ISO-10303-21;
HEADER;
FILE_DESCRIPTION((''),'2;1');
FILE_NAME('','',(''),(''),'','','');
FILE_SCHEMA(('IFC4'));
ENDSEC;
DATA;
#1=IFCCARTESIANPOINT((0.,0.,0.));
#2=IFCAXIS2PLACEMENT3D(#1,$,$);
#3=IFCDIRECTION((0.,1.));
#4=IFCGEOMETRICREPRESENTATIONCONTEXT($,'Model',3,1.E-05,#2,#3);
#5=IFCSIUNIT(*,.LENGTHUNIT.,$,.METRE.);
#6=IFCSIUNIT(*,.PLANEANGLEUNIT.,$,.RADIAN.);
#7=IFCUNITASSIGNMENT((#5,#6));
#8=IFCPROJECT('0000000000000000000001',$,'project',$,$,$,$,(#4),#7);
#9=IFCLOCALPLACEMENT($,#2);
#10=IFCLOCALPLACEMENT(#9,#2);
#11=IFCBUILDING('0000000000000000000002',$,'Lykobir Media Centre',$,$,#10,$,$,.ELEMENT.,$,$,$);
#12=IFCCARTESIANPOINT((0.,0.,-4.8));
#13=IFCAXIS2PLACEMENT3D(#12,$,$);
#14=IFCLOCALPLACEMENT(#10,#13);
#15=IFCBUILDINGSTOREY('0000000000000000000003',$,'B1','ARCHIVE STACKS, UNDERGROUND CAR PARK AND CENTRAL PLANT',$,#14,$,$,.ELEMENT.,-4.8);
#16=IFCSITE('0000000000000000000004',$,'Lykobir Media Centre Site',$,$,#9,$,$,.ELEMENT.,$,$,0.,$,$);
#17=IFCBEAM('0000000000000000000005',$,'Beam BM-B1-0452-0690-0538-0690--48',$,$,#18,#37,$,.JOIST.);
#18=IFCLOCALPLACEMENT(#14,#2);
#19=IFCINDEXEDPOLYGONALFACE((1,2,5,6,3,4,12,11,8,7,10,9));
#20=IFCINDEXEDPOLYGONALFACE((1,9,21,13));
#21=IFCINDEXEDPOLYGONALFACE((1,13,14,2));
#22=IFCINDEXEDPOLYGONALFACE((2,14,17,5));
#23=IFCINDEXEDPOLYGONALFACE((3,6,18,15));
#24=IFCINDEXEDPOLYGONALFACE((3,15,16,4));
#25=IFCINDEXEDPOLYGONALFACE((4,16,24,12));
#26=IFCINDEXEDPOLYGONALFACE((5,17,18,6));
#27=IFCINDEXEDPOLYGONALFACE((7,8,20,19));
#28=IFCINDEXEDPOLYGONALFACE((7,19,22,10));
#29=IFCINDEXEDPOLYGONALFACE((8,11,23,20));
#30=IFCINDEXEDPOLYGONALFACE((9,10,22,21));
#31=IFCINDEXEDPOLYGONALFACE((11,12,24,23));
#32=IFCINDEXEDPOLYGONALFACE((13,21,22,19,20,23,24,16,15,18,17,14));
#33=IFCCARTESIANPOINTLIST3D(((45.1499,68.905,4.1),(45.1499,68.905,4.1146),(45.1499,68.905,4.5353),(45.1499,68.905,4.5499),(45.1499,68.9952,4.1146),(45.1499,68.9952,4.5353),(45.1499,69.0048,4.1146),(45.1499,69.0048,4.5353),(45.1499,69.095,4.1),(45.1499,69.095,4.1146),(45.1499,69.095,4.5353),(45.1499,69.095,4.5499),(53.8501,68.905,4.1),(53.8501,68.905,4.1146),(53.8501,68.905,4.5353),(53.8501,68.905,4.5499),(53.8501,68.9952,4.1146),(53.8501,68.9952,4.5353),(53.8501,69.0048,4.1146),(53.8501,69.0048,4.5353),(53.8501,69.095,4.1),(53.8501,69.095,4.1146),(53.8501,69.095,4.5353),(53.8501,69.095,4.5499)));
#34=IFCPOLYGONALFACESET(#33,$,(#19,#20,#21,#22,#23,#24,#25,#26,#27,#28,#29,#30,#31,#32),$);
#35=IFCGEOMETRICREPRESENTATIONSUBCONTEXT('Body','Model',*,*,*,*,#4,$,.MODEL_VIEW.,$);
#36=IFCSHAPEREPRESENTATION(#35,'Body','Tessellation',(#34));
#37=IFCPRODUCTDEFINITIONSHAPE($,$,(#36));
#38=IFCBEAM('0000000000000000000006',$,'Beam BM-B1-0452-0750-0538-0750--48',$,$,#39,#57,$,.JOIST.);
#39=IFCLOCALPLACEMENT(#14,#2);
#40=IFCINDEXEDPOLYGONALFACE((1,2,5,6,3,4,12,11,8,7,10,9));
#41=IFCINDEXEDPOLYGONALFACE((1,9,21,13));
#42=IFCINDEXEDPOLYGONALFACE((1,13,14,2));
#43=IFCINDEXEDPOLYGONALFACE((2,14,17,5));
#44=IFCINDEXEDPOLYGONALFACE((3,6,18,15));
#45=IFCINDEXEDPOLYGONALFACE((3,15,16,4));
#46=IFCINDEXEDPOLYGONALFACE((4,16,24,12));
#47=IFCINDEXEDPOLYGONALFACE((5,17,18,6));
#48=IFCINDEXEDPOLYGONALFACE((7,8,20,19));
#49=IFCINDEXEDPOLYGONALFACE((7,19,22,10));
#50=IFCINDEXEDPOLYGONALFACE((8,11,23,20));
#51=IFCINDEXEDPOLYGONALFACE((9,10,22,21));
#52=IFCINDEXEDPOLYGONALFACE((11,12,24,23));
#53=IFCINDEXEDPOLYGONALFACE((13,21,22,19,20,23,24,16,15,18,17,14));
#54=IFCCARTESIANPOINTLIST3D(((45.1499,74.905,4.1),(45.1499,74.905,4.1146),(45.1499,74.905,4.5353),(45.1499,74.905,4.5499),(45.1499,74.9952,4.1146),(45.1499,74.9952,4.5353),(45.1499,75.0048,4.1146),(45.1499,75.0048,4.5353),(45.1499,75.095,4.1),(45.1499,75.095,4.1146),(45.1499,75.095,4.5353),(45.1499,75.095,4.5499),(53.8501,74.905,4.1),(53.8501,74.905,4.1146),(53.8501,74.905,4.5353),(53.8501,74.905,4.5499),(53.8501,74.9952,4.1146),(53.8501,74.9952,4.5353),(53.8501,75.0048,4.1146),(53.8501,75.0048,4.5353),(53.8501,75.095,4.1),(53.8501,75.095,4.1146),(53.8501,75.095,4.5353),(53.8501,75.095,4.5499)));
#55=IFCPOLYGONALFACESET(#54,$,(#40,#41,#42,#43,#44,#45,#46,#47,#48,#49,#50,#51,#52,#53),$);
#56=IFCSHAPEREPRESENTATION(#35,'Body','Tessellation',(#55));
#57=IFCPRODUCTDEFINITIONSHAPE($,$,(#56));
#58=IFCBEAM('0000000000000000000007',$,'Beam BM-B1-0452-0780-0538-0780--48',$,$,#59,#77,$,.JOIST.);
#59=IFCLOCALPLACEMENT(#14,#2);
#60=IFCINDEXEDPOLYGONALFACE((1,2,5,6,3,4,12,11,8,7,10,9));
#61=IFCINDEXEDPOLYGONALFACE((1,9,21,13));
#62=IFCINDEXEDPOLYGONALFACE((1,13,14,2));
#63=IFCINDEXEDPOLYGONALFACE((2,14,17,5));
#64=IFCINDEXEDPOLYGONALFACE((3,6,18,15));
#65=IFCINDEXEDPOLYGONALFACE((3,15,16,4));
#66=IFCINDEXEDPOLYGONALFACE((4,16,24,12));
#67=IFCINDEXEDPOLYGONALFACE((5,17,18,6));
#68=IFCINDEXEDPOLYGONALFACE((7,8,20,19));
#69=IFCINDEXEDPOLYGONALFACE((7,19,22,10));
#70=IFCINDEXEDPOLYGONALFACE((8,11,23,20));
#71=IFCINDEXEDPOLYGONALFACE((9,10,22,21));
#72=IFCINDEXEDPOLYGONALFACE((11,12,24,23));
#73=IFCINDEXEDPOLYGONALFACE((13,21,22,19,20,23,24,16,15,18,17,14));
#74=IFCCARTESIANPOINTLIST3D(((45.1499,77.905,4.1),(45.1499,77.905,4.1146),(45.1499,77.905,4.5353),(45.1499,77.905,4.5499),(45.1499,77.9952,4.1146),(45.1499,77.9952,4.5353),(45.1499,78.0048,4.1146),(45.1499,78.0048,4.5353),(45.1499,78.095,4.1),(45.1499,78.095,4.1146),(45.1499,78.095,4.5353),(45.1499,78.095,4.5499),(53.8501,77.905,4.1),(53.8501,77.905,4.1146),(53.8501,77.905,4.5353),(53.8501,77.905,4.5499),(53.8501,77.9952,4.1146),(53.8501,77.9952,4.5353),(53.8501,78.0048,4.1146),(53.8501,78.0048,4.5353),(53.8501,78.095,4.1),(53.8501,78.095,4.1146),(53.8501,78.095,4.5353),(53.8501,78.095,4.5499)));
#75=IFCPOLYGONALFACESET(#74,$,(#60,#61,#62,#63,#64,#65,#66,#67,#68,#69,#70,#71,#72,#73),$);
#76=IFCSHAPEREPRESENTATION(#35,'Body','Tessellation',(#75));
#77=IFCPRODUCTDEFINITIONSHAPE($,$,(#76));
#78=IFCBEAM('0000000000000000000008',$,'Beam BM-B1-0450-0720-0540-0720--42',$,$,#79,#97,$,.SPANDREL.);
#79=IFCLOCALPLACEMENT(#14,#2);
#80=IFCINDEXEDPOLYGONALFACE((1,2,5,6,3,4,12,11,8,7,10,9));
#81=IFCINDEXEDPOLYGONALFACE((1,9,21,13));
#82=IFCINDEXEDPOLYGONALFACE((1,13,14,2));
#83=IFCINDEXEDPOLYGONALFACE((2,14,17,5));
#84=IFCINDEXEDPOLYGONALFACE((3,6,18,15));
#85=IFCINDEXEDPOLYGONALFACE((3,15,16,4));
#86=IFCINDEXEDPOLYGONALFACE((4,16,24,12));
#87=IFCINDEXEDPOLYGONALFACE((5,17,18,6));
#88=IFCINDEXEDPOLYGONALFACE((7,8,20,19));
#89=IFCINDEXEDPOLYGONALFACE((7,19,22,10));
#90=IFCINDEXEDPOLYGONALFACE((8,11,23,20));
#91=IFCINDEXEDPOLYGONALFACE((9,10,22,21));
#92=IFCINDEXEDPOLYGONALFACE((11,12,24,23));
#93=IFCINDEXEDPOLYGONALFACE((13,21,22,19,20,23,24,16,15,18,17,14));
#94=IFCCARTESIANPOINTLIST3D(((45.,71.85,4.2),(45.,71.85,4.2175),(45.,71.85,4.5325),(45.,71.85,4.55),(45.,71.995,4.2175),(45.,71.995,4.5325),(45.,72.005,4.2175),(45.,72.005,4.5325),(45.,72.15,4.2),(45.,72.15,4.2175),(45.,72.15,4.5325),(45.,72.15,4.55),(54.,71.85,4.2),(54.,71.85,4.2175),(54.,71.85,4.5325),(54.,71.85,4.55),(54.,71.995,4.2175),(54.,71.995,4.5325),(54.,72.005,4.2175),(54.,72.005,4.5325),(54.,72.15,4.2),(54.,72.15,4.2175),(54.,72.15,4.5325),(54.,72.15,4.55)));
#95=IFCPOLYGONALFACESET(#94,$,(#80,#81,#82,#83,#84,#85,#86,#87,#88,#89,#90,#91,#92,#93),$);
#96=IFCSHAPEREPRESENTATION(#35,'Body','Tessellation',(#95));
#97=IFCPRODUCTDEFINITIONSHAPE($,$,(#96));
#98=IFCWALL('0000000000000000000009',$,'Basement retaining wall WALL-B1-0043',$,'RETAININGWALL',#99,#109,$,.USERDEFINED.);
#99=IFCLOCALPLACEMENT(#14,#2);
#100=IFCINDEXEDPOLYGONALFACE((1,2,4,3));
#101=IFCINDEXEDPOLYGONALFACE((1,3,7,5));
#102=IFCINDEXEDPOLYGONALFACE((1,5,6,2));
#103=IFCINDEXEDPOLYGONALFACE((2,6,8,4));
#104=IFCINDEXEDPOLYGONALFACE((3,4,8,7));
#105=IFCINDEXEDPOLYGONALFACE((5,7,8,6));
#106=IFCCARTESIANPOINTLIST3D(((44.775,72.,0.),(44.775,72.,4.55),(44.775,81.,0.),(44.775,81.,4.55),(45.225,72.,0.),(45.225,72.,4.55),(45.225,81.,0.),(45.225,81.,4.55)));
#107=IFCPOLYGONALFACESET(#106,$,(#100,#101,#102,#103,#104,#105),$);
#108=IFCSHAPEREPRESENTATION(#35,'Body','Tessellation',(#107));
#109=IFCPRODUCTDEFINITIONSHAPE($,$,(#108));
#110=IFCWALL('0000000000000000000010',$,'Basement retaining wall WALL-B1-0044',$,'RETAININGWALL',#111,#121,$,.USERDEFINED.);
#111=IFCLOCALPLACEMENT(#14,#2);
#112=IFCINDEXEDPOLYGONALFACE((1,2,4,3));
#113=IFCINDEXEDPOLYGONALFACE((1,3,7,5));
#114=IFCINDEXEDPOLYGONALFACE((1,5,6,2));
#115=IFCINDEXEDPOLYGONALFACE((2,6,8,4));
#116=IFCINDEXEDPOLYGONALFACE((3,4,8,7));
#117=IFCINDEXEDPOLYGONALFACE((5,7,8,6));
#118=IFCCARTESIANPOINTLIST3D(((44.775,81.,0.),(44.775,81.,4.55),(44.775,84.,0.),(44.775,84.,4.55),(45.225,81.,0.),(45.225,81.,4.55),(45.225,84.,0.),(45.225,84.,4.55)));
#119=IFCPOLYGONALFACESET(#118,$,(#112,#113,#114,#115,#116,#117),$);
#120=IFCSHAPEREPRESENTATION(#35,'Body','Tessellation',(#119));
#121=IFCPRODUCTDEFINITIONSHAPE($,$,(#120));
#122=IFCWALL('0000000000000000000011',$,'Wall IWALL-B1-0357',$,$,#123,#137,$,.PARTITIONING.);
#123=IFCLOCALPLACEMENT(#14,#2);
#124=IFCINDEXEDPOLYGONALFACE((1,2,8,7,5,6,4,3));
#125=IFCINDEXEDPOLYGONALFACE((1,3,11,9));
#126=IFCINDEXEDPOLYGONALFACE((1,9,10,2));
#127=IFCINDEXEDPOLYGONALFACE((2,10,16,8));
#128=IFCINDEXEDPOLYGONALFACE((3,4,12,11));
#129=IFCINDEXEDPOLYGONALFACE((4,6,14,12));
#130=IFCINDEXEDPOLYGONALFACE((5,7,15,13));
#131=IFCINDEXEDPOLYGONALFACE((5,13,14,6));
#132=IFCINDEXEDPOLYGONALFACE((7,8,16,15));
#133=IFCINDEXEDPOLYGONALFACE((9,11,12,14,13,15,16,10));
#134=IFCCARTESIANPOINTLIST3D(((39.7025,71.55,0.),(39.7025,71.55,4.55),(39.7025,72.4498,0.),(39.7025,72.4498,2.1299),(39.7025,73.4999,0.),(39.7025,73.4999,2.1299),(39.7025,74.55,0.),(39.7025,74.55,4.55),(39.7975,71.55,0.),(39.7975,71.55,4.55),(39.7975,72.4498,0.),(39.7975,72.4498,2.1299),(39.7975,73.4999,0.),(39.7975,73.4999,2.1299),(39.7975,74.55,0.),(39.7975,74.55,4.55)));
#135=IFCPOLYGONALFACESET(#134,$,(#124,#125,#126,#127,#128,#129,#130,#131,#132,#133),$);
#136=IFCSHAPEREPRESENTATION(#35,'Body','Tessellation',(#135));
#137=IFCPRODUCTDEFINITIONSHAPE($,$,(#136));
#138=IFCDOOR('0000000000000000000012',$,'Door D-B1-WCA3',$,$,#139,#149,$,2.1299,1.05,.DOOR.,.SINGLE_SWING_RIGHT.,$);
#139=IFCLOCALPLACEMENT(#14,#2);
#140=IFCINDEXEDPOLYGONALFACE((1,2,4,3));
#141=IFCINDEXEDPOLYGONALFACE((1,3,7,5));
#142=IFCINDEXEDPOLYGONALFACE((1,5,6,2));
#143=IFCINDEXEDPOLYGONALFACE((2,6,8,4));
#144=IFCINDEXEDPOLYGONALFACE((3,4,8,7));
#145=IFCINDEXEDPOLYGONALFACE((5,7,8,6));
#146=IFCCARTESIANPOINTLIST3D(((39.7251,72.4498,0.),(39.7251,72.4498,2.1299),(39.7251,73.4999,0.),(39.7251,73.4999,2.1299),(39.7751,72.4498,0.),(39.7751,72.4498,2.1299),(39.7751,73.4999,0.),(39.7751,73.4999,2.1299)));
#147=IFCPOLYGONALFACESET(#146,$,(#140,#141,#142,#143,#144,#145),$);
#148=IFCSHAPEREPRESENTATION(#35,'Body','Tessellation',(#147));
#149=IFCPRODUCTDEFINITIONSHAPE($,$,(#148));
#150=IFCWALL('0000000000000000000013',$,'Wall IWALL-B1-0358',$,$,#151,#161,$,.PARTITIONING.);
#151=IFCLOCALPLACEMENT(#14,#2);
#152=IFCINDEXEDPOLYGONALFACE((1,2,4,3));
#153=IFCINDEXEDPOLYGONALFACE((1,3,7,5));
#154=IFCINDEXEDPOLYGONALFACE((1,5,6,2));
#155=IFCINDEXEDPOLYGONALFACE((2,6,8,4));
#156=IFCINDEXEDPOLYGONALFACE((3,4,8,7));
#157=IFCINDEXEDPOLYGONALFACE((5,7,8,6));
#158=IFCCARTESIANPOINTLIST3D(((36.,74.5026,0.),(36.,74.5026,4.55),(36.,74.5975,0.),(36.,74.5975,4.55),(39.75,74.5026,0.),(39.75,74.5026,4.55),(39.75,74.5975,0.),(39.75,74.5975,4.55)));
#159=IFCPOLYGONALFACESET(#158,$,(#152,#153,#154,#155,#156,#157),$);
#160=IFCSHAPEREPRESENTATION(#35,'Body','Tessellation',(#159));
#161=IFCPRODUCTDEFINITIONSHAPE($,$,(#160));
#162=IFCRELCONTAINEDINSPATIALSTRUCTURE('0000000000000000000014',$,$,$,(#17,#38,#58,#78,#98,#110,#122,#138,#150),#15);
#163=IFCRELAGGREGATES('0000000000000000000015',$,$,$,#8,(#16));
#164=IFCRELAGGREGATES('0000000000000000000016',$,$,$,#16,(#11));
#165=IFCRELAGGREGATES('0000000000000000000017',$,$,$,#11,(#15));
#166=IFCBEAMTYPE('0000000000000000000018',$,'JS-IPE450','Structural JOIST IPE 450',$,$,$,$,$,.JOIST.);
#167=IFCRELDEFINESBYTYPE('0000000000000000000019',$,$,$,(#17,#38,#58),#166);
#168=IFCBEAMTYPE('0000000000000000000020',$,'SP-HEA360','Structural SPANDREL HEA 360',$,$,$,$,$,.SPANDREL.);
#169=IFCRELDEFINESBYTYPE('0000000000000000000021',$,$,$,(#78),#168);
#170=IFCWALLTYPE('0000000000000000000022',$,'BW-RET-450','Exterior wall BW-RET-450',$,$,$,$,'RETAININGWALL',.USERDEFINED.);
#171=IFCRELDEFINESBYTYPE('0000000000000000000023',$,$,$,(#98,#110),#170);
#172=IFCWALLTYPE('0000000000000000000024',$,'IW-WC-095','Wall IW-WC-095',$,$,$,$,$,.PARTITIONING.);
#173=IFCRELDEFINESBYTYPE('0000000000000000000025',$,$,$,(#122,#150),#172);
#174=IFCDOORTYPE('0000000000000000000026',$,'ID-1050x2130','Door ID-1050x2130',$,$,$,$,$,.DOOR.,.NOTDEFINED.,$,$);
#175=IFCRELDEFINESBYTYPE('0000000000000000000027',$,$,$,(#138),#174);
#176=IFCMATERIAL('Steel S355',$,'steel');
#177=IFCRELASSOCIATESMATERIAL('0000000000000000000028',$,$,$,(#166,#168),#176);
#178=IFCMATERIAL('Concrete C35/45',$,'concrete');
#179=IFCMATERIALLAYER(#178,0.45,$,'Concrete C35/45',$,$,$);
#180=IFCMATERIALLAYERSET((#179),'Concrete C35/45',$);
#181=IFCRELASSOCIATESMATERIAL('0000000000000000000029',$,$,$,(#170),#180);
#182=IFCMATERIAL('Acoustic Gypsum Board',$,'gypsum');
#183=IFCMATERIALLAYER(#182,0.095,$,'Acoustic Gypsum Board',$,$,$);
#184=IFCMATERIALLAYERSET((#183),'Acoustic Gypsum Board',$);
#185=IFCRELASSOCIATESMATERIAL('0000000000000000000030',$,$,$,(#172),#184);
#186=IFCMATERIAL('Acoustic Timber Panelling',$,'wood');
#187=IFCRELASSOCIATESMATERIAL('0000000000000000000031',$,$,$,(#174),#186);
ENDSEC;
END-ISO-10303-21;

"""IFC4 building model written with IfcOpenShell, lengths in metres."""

from ifc_helpers import new_model, si_unit, direction, frame, frame_2d, origin, origin_2d, place, context, subcontext, project, spatial, rectangle, i_section, extrude, material, layer, layer_set, material_profile, profile_set, type_object, element, fill, save


model = new_model("IFC4")

# Units and contexts
model_context = context("Model", 3, precision=1e-05, world=origin(), true_north=direction((0.0, 1.0)))
body_context = subcontext(model_context, "Body", "Model", "MODEL_VIEW")
ifc_project = project(units=[si_unit("LENGTHUNIT", "METRE"), si_unit("PLANEANGLEUNIT", "RADIAN")], contexts=[model_context])

# Site, building, storey
site_placement = place(None, origin())
site = spatial("IfcSite", under=ifc_project, at=site_placement, Name="Lykobir Media Centre Site", CompositionType="ELEMENT", RefElevation=0.0)
building_placement = place(site_placement, origin())
building = spatial("IfcBuilding", under=site, at=building_placement, Name="Lykobir Media Centre", CompositionType="ELEMENT")
storey_placement = place(building_placement, frame((0.0, 0.0, -4.8)))
storey = spatial("IfcBuildingStorey", under=building, at=storey_placement, Name="B1", Description="ARCHIVE STACKS, UNDERGROUND CAR PARK AND CENTRAL PLANT", CompositionType="ELEMENT", Elevation=-4.8)

# Shared definitions
ifc_material_1 = material(Name="Concrete C35/45", Category="concrete")

# Shared definitions
ifc_material_2 = material(Name="Steel S355", Category="steel")

# Beams
ifc_material_profile_1 = material_profile(ifc_material_2, i_section(OverallWidth=0.1899, OverallDepth=0.45, WebThickness=0.0095, FlangeThickness=0.0146, at=origin_2d()), Name="IPE 450")
ifc_profile_set_1 = profile_set([ifc_material_profile_1], Name="Steel S355")
beam_type_1 = type_object("IfcBeamType", Name="JS-IPE450", Description="Structural JOIST IPE 450", PredefinedType="JOIST", material=ifc_profile_set_1)
for number, where, z_axis, x_axis, name in (
    (1, (45.1499, 69.0, 4.325), (1.0, 0.0, 0.0), (0.0, 1.0, 0.0), "Beam BM-B1-0452-0690-0538-0690--48"),
    (2, (45.1499, 75.0, 4.325), (1.0, 0.0, 0.0), (0.0, 1.0, 0.0), "Beam BM-B1-0452-0750-0538-0750--48"),
    (3, (45.1499, 78.0, 4.325), (1.0, 0.0, 0.0), (0.0, 1.0, 0.0), "Beam BM-B1-0452-0780-0538-0780--48"),
):
    element("IfcBeam", number, at=place(storey_placement, frame(where, z_axis=z_axis, x_axis=x_axis)), inside=storey, type_object=beam_type_1, Name=name, PredefinedType="JOIST", context=body_context, shape_type="SweptSolid", body=[
        extrude(i_section(OverallWidth=0.1899, OverallDepth=0.45, WebThickness=0.0095, FlangeThickness=0.0146, at=origin_2d()), origin(), (0.0, 0.0, 1.0), 8.7002),
    ])
ifc_material_profile_2 = material_profile(ifc_material_2, i_section(OverallWidth=0.3, OverallDepth=0.3501, WebThickness=0.01, FlangeThickness=0.0176, at=origin_2d()), Name="HEA 360")
ifc_profile_set_2 = profile_set([ifc_material_profile_2], Name="Steel S355")
beam_type_2 = type_object("IfcBeamType", Name="SP-HEA360", Description="Structural SPANDREL HEA 360", PredefinedType="SPANDREL", material=ifc_profile_set_2)
beam_1_placement = place(storey_placement, frame((45.0, 72.0, 4.375), z_axis=(1.0, 0.0, 0.0), x_axis=(0.0, 1.0, 0.0)))
element("IfcBeam", 4, at=beam_1_placement, inside=storey, type_object=beam_type_2, Name="Beam BM-B1-0450-0720-0540-0720--42", PredefinedType="SPANDREL", context=body_context, shape_type="SweptSolid", body=[
    extrude(i_section(OverallWidth=0.3, OverallDepth=0.3501, WebThickness=0.01, FlangeThickness=0.0176, at=origin_2d()), origin(), (0.0, 0.0, 1.0), 9.0),
])

# Walls
ifc_layer_1 = layer(ifc_material_1, 0.45, Name="Concrete C35/45")
ifc_layer_set_1 = layer_set([ifc_layer_1], Name="Concrete C35/45")
wall_type_1 = type_object("IfcWallType", Name="BW-RET-450", Description="Exterior wall BW-RET-450", ElementType="RETAININGWALL", PredefinedType="USERDEFINED", material=ifc_layer_set_1)
wall_1_placement = place(storey_placement, frame((45.0, 72.0, 0.0), z_axis=(0.0, 0.0, 1.0), x_axis=(0.0, 1.0, 0.0)))
element("IfcWall", 5, at=wall_1_placement, inside=storey, type_object=wall_type_1, Name="Basement retaining wall WALL-B1-0043", ObjectType="RETAININGWALL", PredefinedType="USERDEFINED", context=body_context, shape_type="SweptSolid", body=[
    extrude(rectangle(XDim=9.0, YDim=0.45, at=frame_2d((4.5, 0.0))), origin(), (0.0, 0.0, 1.0), 4.55),
])
wall_2_placement = place(storey_placement, frame((45.0, 81.0, 0.0), z_axis=(0.0, 0.0, 1.0), x_axis=(0.0, 1.0, 0.0)))
element("IfcWall", 6, at=wall_2_placement, inside=storey, type_object=wall_type_1, Name="Basement retaining wall WALL-B1-0044", ObjectType="RETAININGWALL", PredefinedType="USERDEFINED", context=body_context, shape_type="SweptSolid", body=[
    extrude(rectangle(XDim=3.0, YDim=0.45, at=frame_2d((1.5, 0.0))), origin(), (0.0, 0.0, 1.0), 4.55),
])

# Wall, opening, door
ifc_material_3 = material(Name="Acoustic Gypsum Board", Category="gypsum")
ifc_layer_2 = layer(ifc_material_3, 0.095, Name="Acoustic Gypsum Board")
ifc_layer_set_2 = layer_set([ifc_layer_2], Name="Acoustic Gypsum Board")
wall_type_2 = type_object("IfcWallType", Name="IW-WC-095", Description="Wall IW-WC-095", PredefinedType="PARTITIONING", material=ifc_layer_set_2)
wall_3_placement = place(storey_placement, frame((39.75, 71.55, 0.0), z_axis=(0.0, 0.0, 1.0), x_axis=(0.0, 1.0, 0.0)))
wall_3 = element("IfcWall", 7, at=wall_3_placement, inside=storey, type_object=wall_type_2, Name="Wall IWALL-B1-0357", PredefinedType="PARTITIONING", context=body_context, shape_type="SweptSolid", body=[
    extrude(rectangle(XDim=3.0, YDim=0.095, at=frame_2d((1.5, 0.0))), origin(), (0.0, 0.0, 1.0), 4.55),
])
opening_placement = place(wall_3_placement, frame((0.8999, 0.0, 0.0)))
opening = element("IfcOpeningElement", 8, at=opening_placement, cuts=wall_3, PredefinedType="OPENING", context=body_context, shape_type="SweptSolid", body=[
    extrude(rectangle(XDim=1.05, YDim=2.1299, at=frame_2d((0.5249, 1.0649))), frame((0.0, 0.0574, 0.0), z_axis=(0.0, -1.0, 0.0), x_axis=(1.0, 0.0, 0.0)), (0.0, 0.0, 1.0), 0.115),
])
ifc_material_4 = material(Name="Acoustic Timber Panelling", Category="wood")
door_type = type_object("IfcDoorType", Name="ID-1050x2130", Description="Door ID-1050x2130", OperationType="NOTDEFINED", PredefinedType="DOOR", material=ifc_material_4)
door_placement = place(opening_placement, origin())
door = element("IfcDoor", 9, at=door_placement, inside=storey, type_object=door_type, Name="Door D-B1-WCA3", OperationType="SINGLE_SWING_RIGHT", OverallHeight=2.1299, OverallWidth=1.05, PredefinedType="DOOR", context=body_context, shape_type="SweptSolid", body=[
    extrude(rectangle(XDim=1.05, YDim=2.1299, at=frame_2d((0.5249, 1.0649))), frame((0.0, 0.0249, 0.0), z_axis=(0.0, -1.0, 0.0), x_axis=(1.0, 0.0, 0.0)), (0.0, 0.0, 1.0), 0.05),
])
fill(opening, door)

# Wall
wall_4_placement = place(storey_placement, frame((36.0, 74.55, 0.0), z_axis=(0.0, 0.0, 1.0), x_axis=(1.0, 0.0, 0.0)))
element("IfcWall", 10, at=wall_4_placement, inside=storey, type_object=wall_type_2, Name="Wall IWALL-B1-0358", PredefinedType="PARTITIONING", context=body_context, shape_type="SweptSolid", body=[
    extrude(rectangle(XDim=3.75, YDim=0.095, at=frame_2d((1.875, 0.0))), origin(), (0.0, 0.0, 1.0), 4.55),
])

save(model, "model.ifc")
